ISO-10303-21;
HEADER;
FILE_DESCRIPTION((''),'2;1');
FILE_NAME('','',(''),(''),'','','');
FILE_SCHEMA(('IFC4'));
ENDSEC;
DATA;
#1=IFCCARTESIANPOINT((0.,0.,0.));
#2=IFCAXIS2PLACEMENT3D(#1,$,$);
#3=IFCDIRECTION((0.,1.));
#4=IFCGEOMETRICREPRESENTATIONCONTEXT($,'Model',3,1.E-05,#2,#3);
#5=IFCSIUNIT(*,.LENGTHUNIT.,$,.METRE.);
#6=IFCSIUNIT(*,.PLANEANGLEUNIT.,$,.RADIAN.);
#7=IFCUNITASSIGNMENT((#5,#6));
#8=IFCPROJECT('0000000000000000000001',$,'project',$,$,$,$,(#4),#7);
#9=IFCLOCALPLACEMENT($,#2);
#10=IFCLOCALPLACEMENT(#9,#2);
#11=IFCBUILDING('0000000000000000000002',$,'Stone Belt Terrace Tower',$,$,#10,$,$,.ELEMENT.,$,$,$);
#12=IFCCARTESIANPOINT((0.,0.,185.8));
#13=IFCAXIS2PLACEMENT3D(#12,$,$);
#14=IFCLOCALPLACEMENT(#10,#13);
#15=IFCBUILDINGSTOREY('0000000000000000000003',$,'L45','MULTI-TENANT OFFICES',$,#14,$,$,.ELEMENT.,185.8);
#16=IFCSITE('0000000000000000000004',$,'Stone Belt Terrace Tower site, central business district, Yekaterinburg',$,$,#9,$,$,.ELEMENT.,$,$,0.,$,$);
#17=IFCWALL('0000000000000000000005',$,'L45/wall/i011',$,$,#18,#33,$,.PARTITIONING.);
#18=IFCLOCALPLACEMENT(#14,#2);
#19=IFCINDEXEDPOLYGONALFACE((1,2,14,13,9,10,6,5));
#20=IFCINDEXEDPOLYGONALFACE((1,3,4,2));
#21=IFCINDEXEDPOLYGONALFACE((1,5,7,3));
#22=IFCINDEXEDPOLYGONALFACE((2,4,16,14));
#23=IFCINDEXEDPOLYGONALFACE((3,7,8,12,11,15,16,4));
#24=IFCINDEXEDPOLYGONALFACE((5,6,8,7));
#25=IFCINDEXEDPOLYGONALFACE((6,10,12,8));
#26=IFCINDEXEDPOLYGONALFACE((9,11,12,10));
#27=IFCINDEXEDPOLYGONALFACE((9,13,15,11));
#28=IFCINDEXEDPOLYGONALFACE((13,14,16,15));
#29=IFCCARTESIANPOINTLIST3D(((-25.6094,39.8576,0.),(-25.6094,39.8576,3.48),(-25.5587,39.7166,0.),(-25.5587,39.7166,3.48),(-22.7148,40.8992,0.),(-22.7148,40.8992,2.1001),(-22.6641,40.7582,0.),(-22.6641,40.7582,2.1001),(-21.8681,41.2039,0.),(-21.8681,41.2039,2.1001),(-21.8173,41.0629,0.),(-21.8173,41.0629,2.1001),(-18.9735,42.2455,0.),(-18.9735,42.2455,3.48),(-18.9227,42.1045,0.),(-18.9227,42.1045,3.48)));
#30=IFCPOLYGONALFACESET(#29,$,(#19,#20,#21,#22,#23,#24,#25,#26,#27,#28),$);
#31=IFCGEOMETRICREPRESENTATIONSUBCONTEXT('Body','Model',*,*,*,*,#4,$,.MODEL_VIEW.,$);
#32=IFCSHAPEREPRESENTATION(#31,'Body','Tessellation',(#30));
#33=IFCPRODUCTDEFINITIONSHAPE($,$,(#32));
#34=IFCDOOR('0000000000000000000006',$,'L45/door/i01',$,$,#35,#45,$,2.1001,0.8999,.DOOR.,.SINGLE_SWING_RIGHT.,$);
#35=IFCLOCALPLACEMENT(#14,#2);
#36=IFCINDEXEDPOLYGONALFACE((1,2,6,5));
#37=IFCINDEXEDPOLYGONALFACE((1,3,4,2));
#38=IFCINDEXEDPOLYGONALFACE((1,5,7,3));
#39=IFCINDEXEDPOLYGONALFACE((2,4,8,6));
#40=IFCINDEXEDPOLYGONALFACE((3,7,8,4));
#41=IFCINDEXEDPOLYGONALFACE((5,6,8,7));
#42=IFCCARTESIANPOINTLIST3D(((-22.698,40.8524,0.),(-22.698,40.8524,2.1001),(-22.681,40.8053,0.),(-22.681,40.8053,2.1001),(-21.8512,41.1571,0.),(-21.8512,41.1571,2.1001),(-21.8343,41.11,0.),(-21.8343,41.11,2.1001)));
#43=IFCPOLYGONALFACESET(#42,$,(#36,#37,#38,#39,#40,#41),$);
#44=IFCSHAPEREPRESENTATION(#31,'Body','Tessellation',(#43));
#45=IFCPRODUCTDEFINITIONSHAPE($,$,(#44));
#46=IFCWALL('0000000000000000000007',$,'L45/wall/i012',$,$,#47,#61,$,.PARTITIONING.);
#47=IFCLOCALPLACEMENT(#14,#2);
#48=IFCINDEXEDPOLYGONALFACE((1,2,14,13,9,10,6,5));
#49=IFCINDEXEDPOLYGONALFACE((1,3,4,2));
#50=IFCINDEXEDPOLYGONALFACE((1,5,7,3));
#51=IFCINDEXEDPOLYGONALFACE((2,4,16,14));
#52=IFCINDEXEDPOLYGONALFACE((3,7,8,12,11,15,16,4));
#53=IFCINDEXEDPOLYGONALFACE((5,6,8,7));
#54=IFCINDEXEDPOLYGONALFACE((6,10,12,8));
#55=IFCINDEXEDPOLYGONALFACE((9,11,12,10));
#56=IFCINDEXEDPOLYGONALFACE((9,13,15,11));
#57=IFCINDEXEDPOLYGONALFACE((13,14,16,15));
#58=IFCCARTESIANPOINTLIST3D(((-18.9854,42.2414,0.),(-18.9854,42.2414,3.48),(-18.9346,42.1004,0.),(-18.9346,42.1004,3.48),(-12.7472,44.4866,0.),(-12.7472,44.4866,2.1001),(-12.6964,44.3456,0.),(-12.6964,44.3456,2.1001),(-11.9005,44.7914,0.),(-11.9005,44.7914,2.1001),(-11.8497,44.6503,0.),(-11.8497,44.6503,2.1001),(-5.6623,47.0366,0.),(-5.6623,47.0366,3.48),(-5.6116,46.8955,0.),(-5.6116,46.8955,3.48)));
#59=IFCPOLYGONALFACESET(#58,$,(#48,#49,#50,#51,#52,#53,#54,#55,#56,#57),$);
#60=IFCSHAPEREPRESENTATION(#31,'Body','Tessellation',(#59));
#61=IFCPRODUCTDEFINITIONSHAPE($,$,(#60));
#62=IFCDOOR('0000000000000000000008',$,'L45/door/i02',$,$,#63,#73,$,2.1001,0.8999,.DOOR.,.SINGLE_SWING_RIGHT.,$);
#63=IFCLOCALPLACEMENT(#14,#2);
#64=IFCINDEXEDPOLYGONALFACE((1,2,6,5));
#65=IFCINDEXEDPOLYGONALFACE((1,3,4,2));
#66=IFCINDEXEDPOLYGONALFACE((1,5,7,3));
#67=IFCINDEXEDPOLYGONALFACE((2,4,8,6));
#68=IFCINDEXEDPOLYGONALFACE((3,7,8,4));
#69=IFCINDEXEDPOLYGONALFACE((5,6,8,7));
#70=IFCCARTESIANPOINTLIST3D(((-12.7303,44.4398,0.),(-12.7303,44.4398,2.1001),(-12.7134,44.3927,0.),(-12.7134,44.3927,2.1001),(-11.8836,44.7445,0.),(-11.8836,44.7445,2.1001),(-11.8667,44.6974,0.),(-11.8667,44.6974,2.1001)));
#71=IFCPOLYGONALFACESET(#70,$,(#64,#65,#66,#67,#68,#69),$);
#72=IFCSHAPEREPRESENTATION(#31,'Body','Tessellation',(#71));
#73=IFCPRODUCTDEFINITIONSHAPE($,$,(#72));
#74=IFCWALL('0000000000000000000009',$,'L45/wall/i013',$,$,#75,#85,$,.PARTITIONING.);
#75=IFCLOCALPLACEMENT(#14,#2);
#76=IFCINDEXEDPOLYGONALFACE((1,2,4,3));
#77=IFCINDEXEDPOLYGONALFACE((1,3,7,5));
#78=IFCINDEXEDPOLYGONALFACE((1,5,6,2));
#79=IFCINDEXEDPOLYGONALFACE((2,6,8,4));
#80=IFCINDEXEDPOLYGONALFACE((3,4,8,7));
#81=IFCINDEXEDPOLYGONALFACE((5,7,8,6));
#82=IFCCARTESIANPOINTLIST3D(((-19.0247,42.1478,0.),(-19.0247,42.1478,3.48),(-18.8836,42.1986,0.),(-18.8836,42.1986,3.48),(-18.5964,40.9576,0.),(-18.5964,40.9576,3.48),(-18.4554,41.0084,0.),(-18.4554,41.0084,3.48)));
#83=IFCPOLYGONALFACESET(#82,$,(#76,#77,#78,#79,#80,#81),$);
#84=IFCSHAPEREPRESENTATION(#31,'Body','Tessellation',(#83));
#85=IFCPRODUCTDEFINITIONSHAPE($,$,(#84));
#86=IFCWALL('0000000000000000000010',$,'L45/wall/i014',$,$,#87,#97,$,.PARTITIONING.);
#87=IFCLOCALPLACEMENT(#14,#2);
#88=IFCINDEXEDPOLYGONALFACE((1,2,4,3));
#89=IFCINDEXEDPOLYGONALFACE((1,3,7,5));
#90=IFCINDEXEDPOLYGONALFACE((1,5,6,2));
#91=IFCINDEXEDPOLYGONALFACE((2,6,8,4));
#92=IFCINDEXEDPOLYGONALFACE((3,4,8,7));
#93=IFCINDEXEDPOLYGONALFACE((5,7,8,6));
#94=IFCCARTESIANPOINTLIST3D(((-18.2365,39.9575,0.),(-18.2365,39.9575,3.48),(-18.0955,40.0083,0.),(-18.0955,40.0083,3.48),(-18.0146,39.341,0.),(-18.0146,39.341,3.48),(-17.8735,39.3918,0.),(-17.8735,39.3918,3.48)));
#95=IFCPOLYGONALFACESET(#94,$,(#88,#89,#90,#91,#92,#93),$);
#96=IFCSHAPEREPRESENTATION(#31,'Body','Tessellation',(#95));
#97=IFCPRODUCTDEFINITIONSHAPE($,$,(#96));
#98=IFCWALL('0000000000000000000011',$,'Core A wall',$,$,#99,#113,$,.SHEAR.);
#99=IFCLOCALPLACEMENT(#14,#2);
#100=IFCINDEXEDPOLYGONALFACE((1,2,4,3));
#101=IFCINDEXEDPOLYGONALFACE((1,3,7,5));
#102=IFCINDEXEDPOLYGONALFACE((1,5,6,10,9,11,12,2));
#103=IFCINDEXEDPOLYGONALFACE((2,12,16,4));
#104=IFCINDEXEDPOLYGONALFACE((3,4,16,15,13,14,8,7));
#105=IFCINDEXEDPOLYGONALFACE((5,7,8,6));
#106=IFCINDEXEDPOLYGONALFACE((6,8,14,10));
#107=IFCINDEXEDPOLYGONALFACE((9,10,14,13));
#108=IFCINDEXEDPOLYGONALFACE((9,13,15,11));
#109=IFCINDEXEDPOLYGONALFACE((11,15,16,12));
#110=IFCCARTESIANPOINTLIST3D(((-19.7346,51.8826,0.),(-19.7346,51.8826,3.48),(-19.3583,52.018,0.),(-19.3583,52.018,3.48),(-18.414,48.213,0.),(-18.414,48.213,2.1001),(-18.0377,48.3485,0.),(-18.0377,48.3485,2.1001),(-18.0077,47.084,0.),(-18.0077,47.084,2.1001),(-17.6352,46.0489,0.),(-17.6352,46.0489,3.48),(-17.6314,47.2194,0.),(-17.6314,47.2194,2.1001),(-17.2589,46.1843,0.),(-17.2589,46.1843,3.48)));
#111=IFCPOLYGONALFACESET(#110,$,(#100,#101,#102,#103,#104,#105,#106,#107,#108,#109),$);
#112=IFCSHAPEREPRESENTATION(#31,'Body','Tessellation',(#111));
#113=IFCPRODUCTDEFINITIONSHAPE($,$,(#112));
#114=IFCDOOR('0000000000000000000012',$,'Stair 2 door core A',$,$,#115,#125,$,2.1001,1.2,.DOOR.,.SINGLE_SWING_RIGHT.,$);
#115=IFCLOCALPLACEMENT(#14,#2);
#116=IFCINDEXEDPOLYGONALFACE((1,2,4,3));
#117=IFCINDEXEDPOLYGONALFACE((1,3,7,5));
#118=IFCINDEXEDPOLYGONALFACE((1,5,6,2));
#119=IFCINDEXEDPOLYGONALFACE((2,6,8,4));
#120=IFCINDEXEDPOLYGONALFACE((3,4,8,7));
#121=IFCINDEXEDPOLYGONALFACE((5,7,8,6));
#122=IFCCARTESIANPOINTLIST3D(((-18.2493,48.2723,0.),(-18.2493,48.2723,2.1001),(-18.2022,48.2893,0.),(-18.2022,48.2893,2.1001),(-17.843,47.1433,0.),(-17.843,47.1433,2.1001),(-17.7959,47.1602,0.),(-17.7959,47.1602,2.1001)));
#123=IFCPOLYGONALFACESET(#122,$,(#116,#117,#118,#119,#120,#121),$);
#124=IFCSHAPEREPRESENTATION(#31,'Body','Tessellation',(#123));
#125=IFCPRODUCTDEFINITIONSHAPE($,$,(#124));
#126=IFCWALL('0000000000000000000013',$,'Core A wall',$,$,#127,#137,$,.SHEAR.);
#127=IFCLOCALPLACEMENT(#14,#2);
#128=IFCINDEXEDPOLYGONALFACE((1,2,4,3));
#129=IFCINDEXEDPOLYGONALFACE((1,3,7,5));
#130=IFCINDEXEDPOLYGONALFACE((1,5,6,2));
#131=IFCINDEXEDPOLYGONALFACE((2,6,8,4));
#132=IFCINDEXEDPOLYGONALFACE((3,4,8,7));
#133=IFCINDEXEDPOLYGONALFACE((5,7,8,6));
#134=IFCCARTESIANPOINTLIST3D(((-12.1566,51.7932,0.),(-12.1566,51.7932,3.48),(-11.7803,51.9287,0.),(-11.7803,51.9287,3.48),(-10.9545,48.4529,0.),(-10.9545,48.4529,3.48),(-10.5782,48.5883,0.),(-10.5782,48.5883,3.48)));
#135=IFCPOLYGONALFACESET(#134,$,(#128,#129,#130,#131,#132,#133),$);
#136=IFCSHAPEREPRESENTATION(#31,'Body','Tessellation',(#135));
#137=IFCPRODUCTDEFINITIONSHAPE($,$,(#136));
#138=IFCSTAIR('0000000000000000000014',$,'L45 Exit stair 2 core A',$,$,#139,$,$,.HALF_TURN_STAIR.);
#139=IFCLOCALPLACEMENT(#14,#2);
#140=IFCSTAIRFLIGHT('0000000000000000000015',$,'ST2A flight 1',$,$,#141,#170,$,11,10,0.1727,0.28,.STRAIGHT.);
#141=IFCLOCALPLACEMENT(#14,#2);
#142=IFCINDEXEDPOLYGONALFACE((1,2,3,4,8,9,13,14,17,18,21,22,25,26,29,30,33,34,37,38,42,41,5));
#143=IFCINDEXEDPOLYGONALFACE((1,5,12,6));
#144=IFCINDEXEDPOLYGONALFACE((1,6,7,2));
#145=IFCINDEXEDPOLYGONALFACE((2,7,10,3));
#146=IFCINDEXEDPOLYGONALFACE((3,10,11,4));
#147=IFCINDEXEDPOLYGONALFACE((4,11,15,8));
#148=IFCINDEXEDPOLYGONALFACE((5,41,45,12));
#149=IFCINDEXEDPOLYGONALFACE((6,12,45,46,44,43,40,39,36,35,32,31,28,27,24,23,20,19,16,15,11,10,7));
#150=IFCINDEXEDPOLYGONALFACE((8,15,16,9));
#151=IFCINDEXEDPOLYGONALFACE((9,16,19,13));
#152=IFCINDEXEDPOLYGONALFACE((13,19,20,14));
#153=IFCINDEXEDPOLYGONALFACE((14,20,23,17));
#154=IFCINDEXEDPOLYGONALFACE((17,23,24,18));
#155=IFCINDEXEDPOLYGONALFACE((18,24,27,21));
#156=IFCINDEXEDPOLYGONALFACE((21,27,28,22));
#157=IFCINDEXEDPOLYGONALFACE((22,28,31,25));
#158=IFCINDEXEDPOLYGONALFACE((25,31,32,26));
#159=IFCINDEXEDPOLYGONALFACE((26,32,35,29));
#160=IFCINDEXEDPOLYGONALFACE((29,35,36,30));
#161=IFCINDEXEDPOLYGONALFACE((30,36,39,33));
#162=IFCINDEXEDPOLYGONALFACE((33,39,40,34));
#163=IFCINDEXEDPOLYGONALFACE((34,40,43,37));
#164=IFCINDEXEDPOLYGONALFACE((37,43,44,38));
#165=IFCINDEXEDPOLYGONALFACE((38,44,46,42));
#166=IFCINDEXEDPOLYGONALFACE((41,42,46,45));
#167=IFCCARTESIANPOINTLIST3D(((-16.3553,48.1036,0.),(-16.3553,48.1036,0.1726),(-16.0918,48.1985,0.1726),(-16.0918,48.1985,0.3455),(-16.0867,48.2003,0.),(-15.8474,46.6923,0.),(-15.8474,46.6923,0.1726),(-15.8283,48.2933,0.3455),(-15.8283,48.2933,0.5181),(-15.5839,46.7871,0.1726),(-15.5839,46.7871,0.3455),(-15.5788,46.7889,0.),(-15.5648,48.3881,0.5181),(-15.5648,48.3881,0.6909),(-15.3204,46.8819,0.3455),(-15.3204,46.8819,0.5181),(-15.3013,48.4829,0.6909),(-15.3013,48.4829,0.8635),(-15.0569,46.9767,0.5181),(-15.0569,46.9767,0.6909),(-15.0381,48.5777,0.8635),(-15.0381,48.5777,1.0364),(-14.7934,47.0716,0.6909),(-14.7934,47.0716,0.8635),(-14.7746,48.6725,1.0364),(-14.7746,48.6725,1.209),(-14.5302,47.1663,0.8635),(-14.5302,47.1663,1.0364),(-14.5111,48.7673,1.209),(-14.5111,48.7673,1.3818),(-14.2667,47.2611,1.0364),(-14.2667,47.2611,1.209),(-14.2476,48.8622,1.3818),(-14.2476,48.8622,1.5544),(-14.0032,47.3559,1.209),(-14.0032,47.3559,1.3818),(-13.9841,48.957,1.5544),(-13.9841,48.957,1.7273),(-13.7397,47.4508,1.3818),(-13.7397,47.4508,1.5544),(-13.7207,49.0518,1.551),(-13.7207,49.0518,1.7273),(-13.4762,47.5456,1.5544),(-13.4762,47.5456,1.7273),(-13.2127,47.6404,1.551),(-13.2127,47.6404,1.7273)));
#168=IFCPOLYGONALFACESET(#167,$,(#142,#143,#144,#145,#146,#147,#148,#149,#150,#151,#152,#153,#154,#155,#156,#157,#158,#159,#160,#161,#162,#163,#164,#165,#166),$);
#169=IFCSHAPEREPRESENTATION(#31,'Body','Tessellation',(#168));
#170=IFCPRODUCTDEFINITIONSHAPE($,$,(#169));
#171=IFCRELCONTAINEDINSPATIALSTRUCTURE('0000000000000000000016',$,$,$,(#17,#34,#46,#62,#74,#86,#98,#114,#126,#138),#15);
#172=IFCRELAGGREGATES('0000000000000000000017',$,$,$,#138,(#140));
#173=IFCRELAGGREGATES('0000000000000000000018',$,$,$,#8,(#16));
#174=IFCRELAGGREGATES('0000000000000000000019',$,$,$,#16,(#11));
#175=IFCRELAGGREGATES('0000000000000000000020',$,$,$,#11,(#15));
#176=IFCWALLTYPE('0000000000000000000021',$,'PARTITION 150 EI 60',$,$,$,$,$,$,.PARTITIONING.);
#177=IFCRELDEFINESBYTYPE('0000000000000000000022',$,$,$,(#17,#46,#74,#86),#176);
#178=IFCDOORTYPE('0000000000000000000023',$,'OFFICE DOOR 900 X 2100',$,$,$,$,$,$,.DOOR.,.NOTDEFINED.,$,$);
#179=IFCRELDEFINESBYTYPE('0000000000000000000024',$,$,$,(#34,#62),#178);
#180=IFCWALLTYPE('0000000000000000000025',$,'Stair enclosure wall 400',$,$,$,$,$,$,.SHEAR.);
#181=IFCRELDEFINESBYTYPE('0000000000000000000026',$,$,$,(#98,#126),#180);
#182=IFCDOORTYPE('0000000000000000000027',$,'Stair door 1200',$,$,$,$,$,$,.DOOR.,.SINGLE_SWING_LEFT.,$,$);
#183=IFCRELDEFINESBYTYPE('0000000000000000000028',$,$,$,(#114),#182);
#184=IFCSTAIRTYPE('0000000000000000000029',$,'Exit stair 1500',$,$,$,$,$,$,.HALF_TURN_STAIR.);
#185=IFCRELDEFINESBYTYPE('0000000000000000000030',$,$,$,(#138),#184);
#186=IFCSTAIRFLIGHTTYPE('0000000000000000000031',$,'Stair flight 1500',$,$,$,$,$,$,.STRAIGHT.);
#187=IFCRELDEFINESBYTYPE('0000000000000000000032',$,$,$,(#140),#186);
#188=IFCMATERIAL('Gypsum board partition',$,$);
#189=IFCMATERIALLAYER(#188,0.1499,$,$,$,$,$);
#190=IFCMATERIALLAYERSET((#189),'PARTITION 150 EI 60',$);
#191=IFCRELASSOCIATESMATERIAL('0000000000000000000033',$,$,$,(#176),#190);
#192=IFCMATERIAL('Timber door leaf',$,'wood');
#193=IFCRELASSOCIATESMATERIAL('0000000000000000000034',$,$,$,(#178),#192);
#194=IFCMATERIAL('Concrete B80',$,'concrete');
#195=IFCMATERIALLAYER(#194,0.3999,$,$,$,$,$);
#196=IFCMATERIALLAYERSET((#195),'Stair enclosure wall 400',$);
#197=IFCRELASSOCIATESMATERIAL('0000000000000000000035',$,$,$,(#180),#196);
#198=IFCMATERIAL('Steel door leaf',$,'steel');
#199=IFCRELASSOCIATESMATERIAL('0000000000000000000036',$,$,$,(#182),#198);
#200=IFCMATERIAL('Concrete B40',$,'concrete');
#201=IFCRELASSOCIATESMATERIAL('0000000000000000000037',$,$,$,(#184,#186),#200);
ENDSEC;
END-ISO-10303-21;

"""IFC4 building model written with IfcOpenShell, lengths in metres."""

from ifc_helpers import new_model, si_unit, direction, frame, frame_2d, origin, place, context, subcontext, project, spatial, polyline, rectangle, outline, extrude, material, layer, layer_set, type_object, element, fill, aggregate, save


model = new_model("IFC4")

# Units and contexts
model_context = context("Model", 3, precision=1e-05, world=origin(), true_north=direction((0.0, 1.0)))
body_context = subcontext(model_context, "Body", "Model", "MODEL_VIEW")
ifc_project = project(units=[si_unit("LENGTHUNIT", "METRE"), si_unit("PLANEANGLEUNIT", "RADIAN")], contexts=[model_context])

# Site, building, storey
site_placement = place(None, origin())
site = spatial("IfcSite", under=ifc_project, at=site_placement, Name="Stone Belt Terrace Tower site, central business district, Yekaterinburg", CompositionType="ELEMENT", RefElevation=0.0)
building_placement = place(site_placement, origin())
building = spatial("IfcBuilding", under=site, at=building_placement, Name="Stone Belt Terrace Tower", CompositionType="ELEMENT")
storey_placement = place(building_placement, frame((0.0, 0.0, 185.8)))
storey = spatial("IfcBuildingStorey", under=building, at=storey_placement, Name="L45", Description="MULTI-TENANT OFFICES", CompositionType="ELEMENT", Elevation=185.8)

# Shared definitions
ifc_material_1 = material(Name="Concrete B80", Category="concrete")

# Shared definitions
ifc_material_2 = material(Name="Timber door leaf", Category="wood")

# Shared definitions
ifc_material_3 = material(Name="Gypsum board partition")
ifc_layer_1 = layer(ifc_material_3, 0.1499)
ifc_layer_set_1 = layer_set([ifc_layer_1], Name="PARTITION 150 EI 60")
wall_type_1 = type_object("IfcWallType", Name="PARTITION 150 EI 60", PredefinedType="PARTITIONING", material=ifc_layer_set_1)

# Walls, openings, doors
wall_1_placement = place(storey_placement, frame((-18.948, 42.175, 0.0), z_axis=(0.0, 0.0, 1.0), x_axis=(-0.940933, -0.338592, 0.0)))
wall_1 = element("IfcWall", 1, at=wall_1_placement, inside=storey, type_object=wall_type_1, Name="L45/wall/i011", PredefinedType="PARTITIONING", context=body_context, shape_type="SweptSolid", body=[
    extrude(rectangle(XDim=7.0525, YDim=0.1499, at=frame_2d((3.5264, 0.0))), origin(), (0.0, 0.0, 1.0), 3.48),
])
opening_1_placement = place(wall_1_placement, frame((3.0764, 0.0, 0.0)))
opening_1 = element("IfcOpeningElement", 2, at=opening_1_placement, cuts=wall_1, PredefinedType="OPENING", context=body_context, shape_type="SweptSolid", body=[
    extrude(rectangle(XDim=0.8999, YDim=2.1001, at=frame_2d((0.45, 1.05))), frame((0.0, 0.085, 0.0), z_axis=(0.0, -1.0, 0.0), x_axis=(1.0, 0.0, 0.0)), (0.0, 0.0, 1.0), 0.1699),
])
door_type_1 = type_object("IfcDoorType", Name="OFFICE DOOR 900 X 2100", OperationType="NOTDEFINED", PredefinedType="DOOR", material=ifc_material_2)
door_1_placement = place(opening_1_placement, origin())
door_1 = element("IfcDoor", 3, at=door_1_placement, inside=storey, type_object=door_type_1, Name="L45/door/i01", OperationType="SINGLE_SWING_RIGHT", OverallHeight=2.1001, OverallWidth=0.8999, PredefinedType="DOOR", context=body_context, shape_type="SweptSolid", body=[
    extrude(rectangle(XDim=0.8999, YDim=2.1001, at=frame_2d((0.45, 1.05))), frame((0.0, 0.0249, 0.0), z_axis=(0.0, -1.0, 0.0), x_axis=(1.0, 0.0, 0.0)), (0.0, 0.0, 1.0), 0.05),
])
fill(opening_1, door_1)
wall_2_placement = place(storey_placement, frame((-5.637, 46.9661, 0.0), z_axis=(0.0, 0.0, 1.0), x_axis=(-0.940912, -0.33865, 0.0)))
wall_2 = element("IfcWall", 4, at=wall_2_placement, inside=storey, type_object=wall_type_1, Name="L45/wall/i012", PredefinedType="PARTITIONING", context=body_context, shape_type="SweptSolid", body=[
    extrude(rectangle(XDim=14.1597, YDim=0.1499, at=frame_2d((7.0798, 0.0))), origin(), (0.0, 0.0, 1.0), 3.48),
])
opening_2_placement = place(wall_2_placement, frame((6.6299, 0.0, 0.0)))
opening_2 = element("IfcOpeningElement", 5, at=opening_2_placement, cuts=wall_2, PredefinedType="OPENING", context=body_context, shape_type="SweptSolid", body=[
    extrude(rectangle(XDim=0.8999, YDim=2.1001, at=frame_2d((0.45, 1.05))), frame((0.0, 0.085, 0.0), z_axis=(0.0, -1.0, 0.0), x_axis=(1.0, 0.0, 0.0)), (0.0, 0.0, 1.0), 0.1699),
])
door_2_placement = place(opening_2_placement, origin())
door_2 = element("IfcDoor", 6, at=door_2_placement, inside=storey, type_object=door_type_1, Name="L45/door/i02", OperationType="SINGLE_SWING_RIGHT", OverallHeight=2.1001, OverallWidth=0.8999, PredefinedType="DOOR", context=body_context, shape_type="SweptSolid", body=[
    extrude(rectangle(XDim=0.8999, YDim=2.1001, at=frame_2d((0.45, 1.05))), frame((0.0, 0.0249, 0.0), z_axis=(0.0, -1.0, 0.0), x_axis=(1.0, 0.0, 0.0)), (0.0, 0.0, 1.0), 0.05),
])
fill(opening_2, door_2)

# Walls
wall_3_placement = place(storey_placement, frame((-18.9541, 42.1731, 0.0), z_axis=(0.0, 0.0, 1.0), x_axis=(0.338549, -0.940949, 0.0)))
element("IfcWall", 7, at=wall_3_placement, inside=storey, type_object=wall_type_1, Name="L45/wall/i013", PredefinedType="PARTITIONING", context=body_context, shape_type="SweptSolid", body=[
    extrude(rectangle(XDim=1.2649, YDim=0.1499, at=frame_2d((0.6323, 0.0))), origin(), (0.0, 0.0, 1.0), 3.48),
])
wall_4_placement = place(storey_placement, frame((-18.166, 39.9829, 0.0), z_axis=(0.0, 0.0, 1.0), x_axis=(0.338719, -0.940887, 0.0)))
element("IfcWall", 8, at=wall_4_placement, inside=storey, type_object=wall_type_1, Name="L45/wall/i014", PredefinedType="PARTITIONING", context=body_context, shape_type="SweptSolid", body=[
    extrude(rectangle(XDim=0.6553, YDim=0.1499, at=frame_2d((0.3276, 0.0))), origin(), (0.0, 0.0, 1.0), 3.48),
])

# Wall, opening, door
ifc_layer_2 = layer(ifc_material_1, 0.3999)
ifc_layer_set_2 = layer_set([ifc_layer_2], Name="Stair enclosure wall 400")
wall_type_2 = type_object("IfcWallType", Name="Stair enclosure wall 400", PredefinedType="SHEAR", material=ifc_layer_set_2)
wall_5_placement = place(storey_placement, frame((-17.447, 46.1165, 0.0), z_axis=(0.0, 0.0, 1.0), x_axis=(-0.338608, 0.940928, 0.0)))
wall_5 = element("IfcWall", 9, at=wall_5_placement, inside=storey, type_object=wall_type_2, Name="Core A wall", PredefinedType="SHEAR", context=body_context, shape_type="SweptSolid", body=[
    extrude(rectangle(XDim=6.2, YDim=0.3999, at=frame_2d((3.1001, 0.0))), origin(), (0.0, 0.0, 1.0), 3.48),
])
opening_3_placement = place(wall_5_placement, frame((1.1001, 0.0, 0.0)))
opening_3 = element("IfcOpeningElement", 10, at=opening_3_placement, cuts=wall_5, PredefinedType="OPENING", context=body_context, shape_type="SweptSolid", body=[
    extrude(rectangle(XDim=1.2, YDim=2.1001, at=frame_2d((0.6001, 1.05))), frame((0.0, 0.21, 0.0), z_axis=(0.0, -1.0, 0.0), x_axis=(1.0, 0.0, 0.0)), (0.0, 0.0, 1.0), 0.4199),
])
ifc_material_4 = material(Name="Steel door leaf", Category="steel")
door_type_2 = type_object("IfcDoorType", Name="Stair door 1200", OperationType="SINGLE_SWING_LEFT", PredefinedType="DOOR", material=ifc_material_4)
door_3_placement = place(opening_3_placement, origin())
door_3 = element("IfcDoor", 11, at=door_3_placement, inside=storey, type_object=door_type_2, Name="Stair 2 door core A", OperationType="SINGLE_SWING_RIGHT", OverallHeight=2.1001, OverallWidth=1.2, PredefinedType="DOOR", context=body_context, shape_type="SweptSolid", body=[
    extrude(rectangle(XDim=1.2, YDim=2.1001, at=frame_2d((0.6001, 1.05))), frame((0.0, 0.0249, 0.0), z_axis=(0.0, -1.0, 0.0), x_axis=(1.0, 0.0, 0.0)), (0.0, 0.0, 1.0), 0.05),
])
fill(opening_3, door_3)

# Wall
wall_6_placement = place(storey_placement, frame((-10.7664, 48.5208, 0.0), z_axis=(0.0, 0.0, 1.0), x_axis=(-0.338627, 0.940921, 0.0)))
element("IfcWall", 12, at=wall_6_placement, inside=storey, type_object=wall_type_2, Name="Core A wall", PredefinedType="SHEAR", context=body_context, shape_type="SweptSolid", body=[
    extrude(rectangle(XDim=3.55, YDim=0.3999, at=frame_2d((1.7749, 0.0))), origin(), (0.0, 0.0, 1.0), 3.48),
])

# Stair, stair flight
ifc_material_5 = material(Name="Concrete B40", Category="concrete")
stair_type = type_object("IfcStairType", Name="Exit stair 1500", PredefinedType="HALF_TURN_STAIR", material=ifc_material_5)
stair_placement = place(storey_placement, origin())
stair = element("IfcStair", 13, at=stair_placement, inside=storey, type_object=stair_type, Name="L45 Exit stair 2 core A", PredefinedType="HALF_TURN_STAIR")
stair_flight_type = type_object("IfcStairFlightType", Name="Stair flight 1500", PredefinedType="STRAIGHT", material=ifc_material_5)
stair_flight_placement = place(storey_placement, frame((-16.1013, 47.3979, 0.0), z_axis=(0.0, 0.0, 1.0), x_axis=(0.940922, 0.338624, 0.0)))
stair_flight = element("IfcStairFlight", 14, at=stair_flight_placement, type_object=stair_flight_type, Name="ST2A flight 1", NumberOfRisers=11, NumberOfTreads=10, PredefinedType="STRAIGHT", RiserHeight=0.1727, TreadLength=0.28, context=body_context, shape_type="SweptSolid", body=[
    extrude(outline(polyline([(0.0, 0.0), (0.0, 0.1726), (0.28, 0.1726), (0.28, 0.3455), (0.5601, 0.3455), (0.5601, 0.5181), (0.8401, 0.5181), (0.8401, 0.6909), (1.1201, 0.6909), (1.1201, 0.8635), (1.3999, 0.8635), (1.3999, 1.0364), (1.6799, 1.0364), (1.6799, 1.209), (1.96, 1.209), (1.96, 1.3818), (2.24, 1.3818), (2.24, 1.5544), (2.52, 1.5544), (2.52, 1.7273), (2.8, 1.7273), (2.8, 1.8999), (2.8, 1.551), (0.2854, 0.0), (0.0, 0.0)])), frame((0.0, 0.75, 0.0), z_axis=(0.0, -1.0, 0.0), x_axis=(1.0, 0.0, 0.0)), (0.0, 0.0, 1.0), 1.5),
])
aggregate(stair, [stair_flight])

save(model, "model.ifc")
